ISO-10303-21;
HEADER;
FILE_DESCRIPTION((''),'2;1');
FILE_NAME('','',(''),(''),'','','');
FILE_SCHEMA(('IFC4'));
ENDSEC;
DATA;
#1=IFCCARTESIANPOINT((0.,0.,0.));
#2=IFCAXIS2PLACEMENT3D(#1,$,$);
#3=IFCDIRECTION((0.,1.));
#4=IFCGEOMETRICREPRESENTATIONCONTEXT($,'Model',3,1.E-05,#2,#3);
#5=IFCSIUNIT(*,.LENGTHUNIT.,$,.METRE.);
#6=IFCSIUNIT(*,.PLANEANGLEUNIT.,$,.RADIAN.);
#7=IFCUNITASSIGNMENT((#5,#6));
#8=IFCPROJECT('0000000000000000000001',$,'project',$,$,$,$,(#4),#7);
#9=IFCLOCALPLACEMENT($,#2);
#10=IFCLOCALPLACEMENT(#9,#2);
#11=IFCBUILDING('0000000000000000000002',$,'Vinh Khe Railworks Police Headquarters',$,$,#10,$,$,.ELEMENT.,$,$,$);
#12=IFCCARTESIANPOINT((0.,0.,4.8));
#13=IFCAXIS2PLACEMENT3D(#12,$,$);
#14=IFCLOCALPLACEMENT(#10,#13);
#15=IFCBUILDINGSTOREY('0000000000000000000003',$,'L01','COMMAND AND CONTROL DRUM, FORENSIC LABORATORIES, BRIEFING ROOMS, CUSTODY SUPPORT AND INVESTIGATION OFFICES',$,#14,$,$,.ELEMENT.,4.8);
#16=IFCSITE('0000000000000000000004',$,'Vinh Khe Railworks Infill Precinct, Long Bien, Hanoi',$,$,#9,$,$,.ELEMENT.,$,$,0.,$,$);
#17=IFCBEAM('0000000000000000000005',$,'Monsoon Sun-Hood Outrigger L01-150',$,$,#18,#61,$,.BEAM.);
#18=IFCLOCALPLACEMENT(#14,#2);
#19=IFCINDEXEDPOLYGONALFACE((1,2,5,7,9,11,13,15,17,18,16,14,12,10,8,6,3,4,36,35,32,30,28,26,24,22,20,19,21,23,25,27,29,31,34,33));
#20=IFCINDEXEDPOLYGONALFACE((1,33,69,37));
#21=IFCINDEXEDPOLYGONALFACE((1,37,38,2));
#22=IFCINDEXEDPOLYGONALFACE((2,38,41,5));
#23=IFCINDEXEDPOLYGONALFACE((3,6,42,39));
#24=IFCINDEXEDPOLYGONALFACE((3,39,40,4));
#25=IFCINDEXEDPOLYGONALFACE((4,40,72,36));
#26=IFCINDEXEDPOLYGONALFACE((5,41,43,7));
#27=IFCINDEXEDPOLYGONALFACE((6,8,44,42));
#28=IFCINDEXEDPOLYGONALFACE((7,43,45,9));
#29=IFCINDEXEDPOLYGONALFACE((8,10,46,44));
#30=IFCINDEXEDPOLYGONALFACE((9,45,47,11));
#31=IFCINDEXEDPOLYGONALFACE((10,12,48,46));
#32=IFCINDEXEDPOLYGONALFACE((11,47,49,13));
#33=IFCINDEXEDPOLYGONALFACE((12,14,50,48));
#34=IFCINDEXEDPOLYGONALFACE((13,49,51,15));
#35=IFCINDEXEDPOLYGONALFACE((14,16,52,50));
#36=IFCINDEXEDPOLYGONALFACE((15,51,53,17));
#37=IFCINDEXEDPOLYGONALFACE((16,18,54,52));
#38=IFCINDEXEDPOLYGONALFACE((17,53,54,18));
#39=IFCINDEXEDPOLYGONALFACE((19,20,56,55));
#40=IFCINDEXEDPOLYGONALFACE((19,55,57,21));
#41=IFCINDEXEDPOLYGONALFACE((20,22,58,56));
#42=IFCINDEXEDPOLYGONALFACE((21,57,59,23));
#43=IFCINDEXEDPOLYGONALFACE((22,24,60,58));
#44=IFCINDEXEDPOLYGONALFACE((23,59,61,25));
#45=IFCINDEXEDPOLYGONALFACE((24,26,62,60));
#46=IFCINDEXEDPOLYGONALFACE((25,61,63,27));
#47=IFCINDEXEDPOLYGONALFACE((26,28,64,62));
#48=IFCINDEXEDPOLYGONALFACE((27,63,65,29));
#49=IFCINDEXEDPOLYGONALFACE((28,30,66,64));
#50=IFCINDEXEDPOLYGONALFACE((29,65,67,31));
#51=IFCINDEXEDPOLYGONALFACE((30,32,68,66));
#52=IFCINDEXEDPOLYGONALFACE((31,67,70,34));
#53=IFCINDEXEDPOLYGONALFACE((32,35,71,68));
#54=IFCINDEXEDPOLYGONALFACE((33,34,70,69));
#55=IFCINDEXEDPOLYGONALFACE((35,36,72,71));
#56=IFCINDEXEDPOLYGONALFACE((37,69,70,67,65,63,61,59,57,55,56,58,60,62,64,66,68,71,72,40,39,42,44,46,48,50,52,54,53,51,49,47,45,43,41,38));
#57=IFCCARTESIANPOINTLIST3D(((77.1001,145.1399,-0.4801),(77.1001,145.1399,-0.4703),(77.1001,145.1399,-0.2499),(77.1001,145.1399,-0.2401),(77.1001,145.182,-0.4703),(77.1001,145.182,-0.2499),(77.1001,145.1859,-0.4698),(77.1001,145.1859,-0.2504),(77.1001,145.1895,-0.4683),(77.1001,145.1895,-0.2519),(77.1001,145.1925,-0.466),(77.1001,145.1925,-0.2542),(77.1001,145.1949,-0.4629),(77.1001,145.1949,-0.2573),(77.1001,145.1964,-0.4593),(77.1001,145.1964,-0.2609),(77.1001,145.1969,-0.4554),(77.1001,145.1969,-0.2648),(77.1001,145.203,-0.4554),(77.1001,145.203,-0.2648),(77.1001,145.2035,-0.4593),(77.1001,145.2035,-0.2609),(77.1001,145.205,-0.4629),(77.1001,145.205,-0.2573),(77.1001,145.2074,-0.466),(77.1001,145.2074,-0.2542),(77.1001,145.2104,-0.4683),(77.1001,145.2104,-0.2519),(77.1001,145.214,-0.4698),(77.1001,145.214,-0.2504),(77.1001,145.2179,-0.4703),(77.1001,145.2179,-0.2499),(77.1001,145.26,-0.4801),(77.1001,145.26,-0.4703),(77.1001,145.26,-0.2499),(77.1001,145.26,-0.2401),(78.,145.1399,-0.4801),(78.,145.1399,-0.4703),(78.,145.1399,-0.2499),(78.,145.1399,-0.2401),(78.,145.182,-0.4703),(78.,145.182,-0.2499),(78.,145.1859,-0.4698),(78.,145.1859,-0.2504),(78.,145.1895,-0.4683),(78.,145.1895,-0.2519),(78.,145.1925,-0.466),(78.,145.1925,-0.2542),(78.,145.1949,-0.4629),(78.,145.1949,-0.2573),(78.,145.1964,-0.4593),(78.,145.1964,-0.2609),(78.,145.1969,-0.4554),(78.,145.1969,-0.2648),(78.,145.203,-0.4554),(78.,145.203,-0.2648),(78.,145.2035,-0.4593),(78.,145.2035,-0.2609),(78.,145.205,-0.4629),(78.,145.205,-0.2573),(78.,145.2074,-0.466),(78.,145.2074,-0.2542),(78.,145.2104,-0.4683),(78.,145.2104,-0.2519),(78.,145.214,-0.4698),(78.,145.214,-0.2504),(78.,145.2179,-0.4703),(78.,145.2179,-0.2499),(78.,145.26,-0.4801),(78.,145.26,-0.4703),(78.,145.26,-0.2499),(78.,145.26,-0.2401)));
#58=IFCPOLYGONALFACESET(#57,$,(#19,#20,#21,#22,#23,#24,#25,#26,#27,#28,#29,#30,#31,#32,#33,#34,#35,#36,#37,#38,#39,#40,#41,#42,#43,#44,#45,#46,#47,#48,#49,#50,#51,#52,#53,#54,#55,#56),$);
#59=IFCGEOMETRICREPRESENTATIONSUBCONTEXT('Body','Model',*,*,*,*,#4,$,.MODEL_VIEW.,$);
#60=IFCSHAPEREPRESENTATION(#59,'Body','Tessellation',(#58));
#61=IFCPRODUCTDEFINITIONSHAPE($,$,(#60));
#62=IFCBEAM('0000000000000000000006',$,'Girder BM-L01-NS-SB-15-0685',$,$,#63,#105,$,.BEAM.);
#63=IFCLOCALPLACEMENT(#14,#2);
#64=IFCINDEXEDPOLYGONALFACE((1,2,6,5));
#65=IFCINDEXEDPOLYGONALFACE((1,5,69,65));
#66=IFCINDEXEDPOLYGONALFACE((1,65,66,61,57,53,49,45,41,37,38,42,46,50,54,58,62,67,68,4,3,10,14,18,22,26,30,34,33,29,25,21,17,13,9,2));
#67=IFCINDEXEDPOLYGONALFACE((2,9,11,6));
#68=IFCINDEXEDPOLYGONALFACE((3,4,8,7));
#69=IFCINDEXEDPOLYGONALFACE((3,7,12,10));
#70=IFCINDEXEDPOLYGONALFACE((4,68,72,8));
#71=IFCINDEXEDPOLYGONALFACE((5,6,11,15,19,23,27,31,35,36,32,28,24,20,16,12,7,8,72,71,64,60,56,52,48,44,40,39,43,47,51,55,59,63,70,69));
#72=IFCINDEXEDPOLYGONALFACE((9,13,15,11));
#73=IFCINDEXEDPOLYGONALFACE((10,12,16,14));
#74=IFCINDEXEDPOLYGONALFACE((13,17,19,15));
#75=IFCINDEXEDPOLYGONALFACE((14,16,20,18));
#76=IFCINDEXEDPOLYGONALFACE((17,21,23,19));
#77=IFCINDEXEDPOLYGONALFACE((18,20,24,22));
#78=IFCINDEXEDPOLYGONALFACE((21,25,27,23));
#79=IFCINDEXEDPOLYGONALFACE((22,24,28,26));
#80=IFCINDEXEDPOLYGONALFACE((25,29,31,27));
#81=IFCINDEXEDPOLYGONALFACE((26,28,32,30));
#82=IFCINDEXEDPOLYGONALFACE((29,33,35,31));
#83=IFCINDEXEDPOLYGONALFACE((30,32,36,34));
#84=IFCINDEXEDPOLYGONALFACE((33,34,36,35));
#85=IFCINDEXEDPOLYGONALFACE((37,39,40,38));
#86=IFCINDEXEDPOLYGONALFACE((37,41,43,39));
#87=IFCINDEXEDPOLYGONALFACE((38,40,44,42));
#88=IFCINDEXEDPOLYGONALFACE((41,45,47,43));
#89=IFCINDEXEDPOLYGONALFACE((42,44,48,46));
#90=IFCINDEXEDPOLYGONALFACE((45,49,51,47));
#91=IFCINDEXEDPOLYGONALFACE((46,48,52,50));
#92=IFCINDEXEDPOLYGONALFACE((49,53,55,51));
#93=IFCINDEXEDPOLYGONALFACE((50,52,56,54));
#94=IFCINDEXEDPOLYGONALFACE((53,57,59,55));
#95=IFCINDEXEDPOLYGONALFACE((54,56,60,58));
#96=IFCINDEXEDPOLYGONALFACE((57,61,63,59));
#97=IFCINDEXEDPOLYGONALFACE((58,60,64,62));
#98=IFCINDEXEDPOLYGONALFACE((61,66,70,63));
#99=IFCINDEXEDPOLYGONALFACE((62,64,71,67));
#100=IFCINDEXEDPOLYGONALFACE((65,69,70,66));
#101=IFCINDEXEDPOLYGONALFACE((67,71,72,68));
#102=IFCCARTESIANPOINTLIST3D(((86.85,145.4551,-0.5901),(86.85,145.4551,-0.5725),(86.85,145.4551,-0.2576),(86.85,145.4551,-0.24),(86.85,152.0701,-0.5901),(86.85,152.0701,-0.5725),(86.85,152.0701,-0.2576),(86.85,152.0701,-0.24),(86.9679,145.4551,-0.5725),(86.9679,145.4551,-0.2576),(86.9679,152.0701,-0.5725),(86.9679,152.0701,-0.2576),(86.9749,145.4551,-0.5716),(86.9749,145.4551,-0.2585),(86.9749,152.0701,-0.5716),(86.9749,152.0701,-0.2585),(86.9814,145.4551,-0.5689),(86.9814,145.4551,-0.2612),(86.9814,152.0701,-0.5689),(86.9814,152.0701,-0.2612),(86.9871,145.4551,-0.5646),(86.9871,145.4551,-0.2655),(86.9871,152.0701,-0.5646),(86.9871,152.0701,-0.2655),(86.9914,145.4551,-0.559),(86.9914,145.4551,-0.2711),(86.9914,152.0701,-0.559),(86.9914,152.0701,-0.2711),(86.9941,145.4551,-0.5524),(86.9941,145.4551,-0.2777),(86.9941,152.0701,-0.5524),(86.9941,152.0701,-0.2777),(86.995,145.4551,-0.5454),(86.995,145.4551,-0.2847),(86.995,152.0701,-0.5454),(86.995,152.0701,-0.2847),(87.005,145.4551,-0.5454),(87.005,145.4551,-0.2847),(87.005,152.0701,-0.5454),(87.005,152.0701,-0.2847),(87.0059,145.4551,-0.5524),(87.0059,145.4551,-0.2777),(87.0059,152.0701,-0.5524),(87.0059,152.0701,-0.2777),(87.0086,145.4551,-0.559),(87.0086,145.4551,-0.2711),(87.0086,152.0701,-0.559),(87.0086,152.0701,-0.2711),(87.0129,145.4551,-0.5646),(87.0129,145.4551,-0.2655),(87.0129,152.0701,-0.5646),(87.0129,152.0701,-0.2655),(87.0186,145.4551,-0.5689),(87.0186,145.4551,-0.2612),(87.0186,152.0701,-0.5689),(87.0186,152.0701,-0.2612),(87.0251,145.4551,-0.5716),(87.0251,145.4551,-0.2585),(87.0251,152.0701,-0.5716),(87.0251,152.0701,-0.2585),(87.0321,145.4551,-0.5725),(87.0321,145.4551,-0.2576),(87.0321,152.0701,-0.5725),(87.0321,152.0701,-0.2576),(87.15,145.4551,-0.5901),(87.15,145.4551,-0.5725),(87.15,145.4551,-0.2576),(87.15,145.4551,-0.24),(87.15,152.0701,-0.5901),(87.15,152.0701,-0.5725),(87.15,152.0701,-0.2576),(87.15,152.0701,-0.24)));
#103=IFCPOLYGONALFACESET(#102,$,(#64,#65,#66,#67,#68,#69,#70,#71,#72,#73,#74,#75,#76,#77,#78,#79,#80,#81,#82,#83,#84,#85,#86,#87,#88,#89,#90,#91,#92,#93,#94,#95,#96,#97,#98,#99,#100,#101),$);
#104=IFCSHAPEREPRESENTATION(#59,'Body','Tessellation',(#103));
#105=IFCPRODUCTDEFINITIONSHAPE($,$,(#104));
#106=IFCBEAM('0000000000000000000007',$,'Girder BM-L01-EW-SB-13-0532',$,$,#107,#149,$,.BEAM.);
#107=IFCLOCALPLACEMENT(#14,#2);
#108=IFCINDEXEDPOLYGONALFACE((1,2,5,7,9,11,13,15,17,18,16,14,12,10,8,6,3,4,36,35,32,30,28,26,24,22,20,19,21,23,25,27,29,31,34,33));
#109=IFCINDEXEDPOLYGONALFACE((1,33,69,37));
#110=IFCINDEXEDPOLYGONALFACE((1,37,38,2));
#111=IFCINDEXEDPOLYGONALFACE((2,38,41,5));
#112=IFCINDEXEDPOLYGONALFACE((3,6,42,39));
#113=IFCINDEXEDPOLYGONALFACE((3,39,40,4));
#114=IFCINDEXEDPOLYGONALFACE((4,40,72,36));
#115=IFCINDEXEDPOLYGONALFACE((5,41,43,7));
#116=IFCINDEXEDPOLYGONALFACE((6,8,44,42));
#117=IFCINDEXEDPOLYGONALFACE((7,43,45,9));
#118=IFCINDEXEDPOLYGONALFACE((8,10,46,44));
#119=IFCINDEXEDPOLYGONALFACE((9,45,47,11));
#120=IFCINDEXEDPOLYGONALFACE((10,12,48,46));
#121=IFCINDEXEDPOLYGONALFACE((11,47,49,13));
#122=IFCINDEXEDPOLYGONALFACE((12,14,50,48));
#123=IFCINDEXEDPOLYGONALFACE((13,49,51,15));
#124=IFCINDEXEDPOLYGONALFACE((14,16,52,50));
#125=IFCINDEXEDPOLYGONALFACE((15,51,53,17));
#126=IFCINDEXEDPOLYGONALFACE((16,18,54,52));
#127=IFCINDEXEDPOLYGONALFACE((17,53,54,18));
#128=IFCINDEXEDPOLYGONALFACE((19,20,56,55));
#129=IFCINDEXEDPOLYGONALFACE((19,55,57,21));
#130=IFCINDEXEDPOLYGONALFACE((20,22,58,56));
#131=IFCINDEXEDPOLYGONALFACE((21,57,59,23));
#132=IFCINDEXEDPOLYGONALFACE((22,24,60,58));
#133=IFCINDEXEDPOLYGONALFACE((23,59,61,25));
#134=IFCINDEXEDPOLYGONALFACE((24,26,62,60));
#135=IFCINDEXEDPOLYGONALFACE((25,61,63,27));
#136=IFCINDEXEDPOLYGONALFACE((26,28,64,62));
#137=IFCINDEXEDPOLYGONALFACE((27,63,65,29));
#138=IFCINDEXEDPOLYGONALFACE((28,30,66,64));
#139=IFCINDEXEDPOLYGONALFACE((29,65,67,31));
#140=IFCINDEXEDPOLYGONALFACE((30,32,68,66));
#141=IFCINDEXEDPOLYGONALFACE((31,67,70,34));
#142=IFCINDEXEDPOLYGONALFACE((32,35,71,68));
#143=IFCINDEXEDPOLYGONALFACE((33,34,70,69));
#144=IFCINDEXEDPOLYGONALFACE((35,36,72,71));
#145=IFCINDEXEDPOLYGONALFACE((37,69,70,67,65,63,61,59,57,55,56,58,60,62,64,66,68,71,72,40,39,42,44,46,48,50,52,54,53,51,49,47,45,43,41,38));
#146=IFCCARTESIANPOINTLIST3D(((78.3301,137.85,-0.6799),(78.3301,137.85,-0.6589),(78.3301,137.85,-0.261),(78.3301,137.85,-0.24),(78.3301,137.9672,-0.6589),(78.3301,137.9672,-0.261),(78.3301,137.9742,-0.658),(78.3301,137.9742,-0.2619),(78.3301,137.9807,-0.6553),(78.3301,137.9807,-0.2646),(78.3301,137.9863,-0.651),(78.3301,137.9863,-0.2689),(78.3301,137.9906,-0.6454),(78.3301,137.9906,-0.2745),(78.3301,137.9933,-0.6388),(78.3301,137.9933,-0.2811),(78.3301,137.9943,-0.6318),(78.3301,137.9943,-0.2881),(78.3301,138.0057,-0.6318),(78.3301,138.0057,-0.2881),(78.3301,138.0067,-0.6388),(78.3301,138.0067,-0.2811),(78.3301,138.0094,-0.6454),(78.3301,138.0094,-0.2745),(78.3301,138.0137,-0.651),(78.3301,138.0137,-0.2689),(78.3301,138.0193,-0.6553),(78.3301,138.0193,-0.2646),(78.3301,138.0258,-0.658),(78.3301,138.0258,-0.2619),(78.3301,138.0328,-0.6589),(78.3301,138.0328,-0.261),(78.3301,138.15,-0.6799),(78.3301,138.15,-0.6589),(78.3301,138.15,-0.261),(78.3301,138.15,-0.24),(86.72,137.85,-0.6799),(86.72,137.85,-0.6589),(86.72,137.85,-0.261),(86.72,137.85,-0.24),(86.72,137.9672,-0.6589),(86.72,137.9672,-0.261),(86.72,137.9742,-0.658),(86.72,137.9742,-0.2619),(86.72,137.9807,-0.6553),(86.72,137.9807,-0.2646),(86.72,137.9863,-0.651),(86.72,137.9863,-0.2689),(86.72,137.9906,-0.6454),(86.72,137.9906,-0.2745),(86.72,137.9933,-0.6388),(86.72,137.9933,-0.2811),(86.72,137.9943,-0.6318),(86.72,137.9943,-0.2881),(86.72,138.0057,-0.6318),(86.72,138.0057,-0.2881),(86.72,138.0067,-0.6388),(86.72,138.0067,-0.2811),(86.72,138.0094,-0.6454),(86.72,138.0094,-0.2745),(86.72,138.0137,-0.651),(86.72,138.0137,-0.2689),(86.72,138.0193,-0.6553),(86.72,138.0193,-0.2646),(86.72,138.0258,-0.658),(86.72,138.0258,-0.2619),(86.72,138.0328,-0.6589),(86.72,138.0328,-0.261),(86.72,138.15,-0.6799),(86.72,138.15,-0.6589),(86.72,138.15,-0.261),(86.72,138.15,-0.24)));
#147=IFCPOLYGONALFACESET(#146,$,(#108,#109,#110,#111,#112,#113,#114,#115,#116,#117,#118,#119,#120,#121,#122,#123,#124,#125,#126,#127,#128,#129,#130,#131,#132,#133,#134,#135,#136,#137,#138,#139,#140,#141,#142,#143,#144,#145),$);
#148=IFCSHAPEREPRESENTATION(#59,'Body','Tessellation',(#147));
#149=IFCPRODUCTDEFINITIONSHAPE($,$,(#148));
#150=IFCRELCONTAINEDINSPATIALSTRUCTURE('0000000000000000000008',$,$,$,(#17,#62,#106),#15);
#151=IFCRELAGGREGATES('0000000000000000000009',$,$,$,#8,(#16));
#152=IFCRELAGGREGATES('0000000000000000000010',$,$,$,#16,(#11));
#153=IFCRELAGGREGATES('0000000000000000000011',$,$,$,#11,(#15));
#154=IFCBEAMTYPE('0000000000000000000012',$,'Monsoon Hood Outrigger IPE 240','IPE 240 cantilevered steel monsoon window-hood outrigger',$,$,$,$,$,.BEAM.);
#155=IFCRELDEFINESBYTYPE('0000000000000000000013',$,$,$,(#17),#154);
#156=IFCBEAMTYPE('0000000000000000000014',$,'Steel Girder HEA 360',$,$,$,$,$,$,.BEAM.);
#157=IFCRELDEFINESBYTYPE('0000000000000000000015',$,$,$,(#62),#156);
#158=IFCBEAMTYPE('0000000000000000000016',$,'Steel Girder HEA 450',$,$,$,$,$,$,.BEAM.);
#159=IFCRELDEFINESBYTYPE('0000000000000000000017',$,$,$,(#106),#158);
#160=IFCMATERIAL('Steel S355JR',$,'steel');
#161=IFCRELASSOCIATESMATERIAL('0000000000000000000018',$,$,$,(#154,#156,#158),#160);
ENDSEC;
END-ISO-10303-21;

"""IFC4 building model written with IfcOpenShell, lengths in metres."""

from ifc_helpers import new_model, si_unit, direction, frame, origin, origin_2d, place, context, subcontext, project, spatial, i_section, extrude, material, material_profile, profile_set, type_object, element, save


model = new_model("IFC4")

# Units and contexts
model_context = context("Model", 3, precision=1e-05, world=origin(), true_north=direction((0.0, 1.0)))
body_context = subcontext(model_context, "Body", "Model", "MODEL_VIEW")
ifc_project = project(units=[si_unit("LENGTHUNIT", "METRE"), si_unit("PLANEANGLEUNIT", "RADIAN")], contexts=[model_context])

# Site, building, storey
site_placement = place(None, origin())
site = spatial("IfcSite", under=ifc_project, at=site_placement, Name="Vinh Khe Railworks Infill Precinct, Long Bien, Hanoi", CompositionType="ELEMENT", RefElevation=0.0)
building_placement = place(site_placement, origin())
building = spatial("IfcBuilding", under=site, at=building_placement, Name="Vinh Khe Railworks Police Headquarters", CompositionType="ELEMENT")
storey_placement = place(building_placement, frame((0.0, 0.0, 4.8)))
storey = spatial("IfcBuildingStorey", under=building, at=storey_placement, Name="L01", Description="COMMAND AND CONTROL DRUM, FORENSIC LABORATORIES, BRIEFING ROOMS, CUSTODY SUPPORT AND INVESTIGATION OFFICES", CompositionType="ELEMENT", Elevation=4.8)

# Shared definitions
ifc_material_1 = material(Name="Steel S355JR", Category="steel")

# Beams
ifc_material_profile_1 = material_profile(ifc_material_1, i_section(OverallWidth=0.1201, OverallDepth=0.24, WebThickness=0.0061, FlangeThickness=0.0098, FilletRadius=0.0149, at=origin_2d()), Name="IPE 240")
ifc_profile_set_1 = profile_set([ifc_material_profile_1], Name="Steel S355JR")
beam_type_1 = type_object("IfcBeamType", Name="Monsoon Hood Outrigger IPE 240", Description="IPE 240 cantilevered steel monsoon window-hood outrigger", PredefinedType="BEAM", material=ifc_profile_set_1)
for number, where, z_axis, x_axis, name in (
    (1, (77.1001, 145.2, -0.3601), (1.0, 0.0, 0.0), (0.0, 1.0, 0.0), "Monsoon Sun-Hood Outrigger L01-150"),
):
    element("IfcBeam", number, at=place(storey_placement, frame(where, z_axis=z_axis, x_axis=x_axis)), inside=storey, type_object=beam_type_1, Name=name, PredefinedType="BEAM", context=body_context, shape_type="SweptSolid", body=[
        extrude(i_section(OverallWidth=0.1201, OverallDepth=0.24, WebThickness=0.0061, FlangeThickness=0.0098, FilletRadius=0.0149, at=origin_2d()), origin(), (0.0, 0.0, 1.0), 0.8999),
    ])
ifc_material_profile_2 = material_profile(ifc_material_1, i_section(OverallWidth=0.3, OverallDepth=0.3501, WebThickness=0.01, FlangeThickness=0.0176, FilletRadius=0.0271, at=origin_2d()), Name="HEA 360")
ifc_profile_set_2 = profile_set([ifc_material_profile_2], Name="Steel S355JR")
beam_type_2 = type_object("IfcBeamType", Name="Steel Girder HEA 360", PredefinedType="BEAM", material=ifc_profile_set_2)
beam_1_placement = place(storey_placement, frame((87.0, 145.4551, -0.415), z_axis=(0.0, 1.0, 0.0), x_axis=(-1.0, 0.0, 0.0)))
element("IfcBeam", 2, at=beam_1_placement, inside=storey, type_object=beam_type_2, Name="Girder BM-L01-NS-SB-15-0685", PredefinedType="BEAM", context=body_context, shape_type="SweptSolid", body=[
    extrude(i_section(OverallWidth=0.3, OverallDepth=0.3501, WebThickness=0.01, FlangeThickness=0.0176, FilletRadius=0.0271, at=origin_2d()), origin(), (0.0, 0.0, 1.0), 6.615),
])
ifc_material_profile_3 = material_profile(ifc_material_1, i_section(OverallWidth=0.3, OverallDepth=0.4399, WebThickness=0.0115, FlangeThickness=0.021, FilletRadius=0.0271, at=origin_2d()), Name="HEA 450")
ifc_profile_set_3 = profile_set([ifc_material_profile_3], Name="Steel S355JR")
beam_type_3 = type_object("IfcBeamType", Name="Steel Girder HEA 450", PredefinedType="BEAM", material=ifc_profile_set_3)
beam_2_placement = place(storey_placement, frame((78.3301, 138.0, -0.46), z_axis=(1.0, 0.0, 0.0), x_axis=(0.0, 1.0, 0.0)))
element("IfcBeam", 3, at=beam_2_placement, inside=storey, type_object=beam_type_3, Name="Girder BM-L01-EW-SB-13-0532", PredefinedType="BEAM", context=body_context, shape_type="SweptSolid", body=[
    extrude(i_section(OverallWidth=0.3, OverallDepth=0.4399, WebThickness=0.0115, FlangeThickness=0.021, FilletRadius=0.0271, at=origin_2d()), origin(), (0.0, 0.0, 1.0), 8.3899),
])

save(model, "model.ifc")
